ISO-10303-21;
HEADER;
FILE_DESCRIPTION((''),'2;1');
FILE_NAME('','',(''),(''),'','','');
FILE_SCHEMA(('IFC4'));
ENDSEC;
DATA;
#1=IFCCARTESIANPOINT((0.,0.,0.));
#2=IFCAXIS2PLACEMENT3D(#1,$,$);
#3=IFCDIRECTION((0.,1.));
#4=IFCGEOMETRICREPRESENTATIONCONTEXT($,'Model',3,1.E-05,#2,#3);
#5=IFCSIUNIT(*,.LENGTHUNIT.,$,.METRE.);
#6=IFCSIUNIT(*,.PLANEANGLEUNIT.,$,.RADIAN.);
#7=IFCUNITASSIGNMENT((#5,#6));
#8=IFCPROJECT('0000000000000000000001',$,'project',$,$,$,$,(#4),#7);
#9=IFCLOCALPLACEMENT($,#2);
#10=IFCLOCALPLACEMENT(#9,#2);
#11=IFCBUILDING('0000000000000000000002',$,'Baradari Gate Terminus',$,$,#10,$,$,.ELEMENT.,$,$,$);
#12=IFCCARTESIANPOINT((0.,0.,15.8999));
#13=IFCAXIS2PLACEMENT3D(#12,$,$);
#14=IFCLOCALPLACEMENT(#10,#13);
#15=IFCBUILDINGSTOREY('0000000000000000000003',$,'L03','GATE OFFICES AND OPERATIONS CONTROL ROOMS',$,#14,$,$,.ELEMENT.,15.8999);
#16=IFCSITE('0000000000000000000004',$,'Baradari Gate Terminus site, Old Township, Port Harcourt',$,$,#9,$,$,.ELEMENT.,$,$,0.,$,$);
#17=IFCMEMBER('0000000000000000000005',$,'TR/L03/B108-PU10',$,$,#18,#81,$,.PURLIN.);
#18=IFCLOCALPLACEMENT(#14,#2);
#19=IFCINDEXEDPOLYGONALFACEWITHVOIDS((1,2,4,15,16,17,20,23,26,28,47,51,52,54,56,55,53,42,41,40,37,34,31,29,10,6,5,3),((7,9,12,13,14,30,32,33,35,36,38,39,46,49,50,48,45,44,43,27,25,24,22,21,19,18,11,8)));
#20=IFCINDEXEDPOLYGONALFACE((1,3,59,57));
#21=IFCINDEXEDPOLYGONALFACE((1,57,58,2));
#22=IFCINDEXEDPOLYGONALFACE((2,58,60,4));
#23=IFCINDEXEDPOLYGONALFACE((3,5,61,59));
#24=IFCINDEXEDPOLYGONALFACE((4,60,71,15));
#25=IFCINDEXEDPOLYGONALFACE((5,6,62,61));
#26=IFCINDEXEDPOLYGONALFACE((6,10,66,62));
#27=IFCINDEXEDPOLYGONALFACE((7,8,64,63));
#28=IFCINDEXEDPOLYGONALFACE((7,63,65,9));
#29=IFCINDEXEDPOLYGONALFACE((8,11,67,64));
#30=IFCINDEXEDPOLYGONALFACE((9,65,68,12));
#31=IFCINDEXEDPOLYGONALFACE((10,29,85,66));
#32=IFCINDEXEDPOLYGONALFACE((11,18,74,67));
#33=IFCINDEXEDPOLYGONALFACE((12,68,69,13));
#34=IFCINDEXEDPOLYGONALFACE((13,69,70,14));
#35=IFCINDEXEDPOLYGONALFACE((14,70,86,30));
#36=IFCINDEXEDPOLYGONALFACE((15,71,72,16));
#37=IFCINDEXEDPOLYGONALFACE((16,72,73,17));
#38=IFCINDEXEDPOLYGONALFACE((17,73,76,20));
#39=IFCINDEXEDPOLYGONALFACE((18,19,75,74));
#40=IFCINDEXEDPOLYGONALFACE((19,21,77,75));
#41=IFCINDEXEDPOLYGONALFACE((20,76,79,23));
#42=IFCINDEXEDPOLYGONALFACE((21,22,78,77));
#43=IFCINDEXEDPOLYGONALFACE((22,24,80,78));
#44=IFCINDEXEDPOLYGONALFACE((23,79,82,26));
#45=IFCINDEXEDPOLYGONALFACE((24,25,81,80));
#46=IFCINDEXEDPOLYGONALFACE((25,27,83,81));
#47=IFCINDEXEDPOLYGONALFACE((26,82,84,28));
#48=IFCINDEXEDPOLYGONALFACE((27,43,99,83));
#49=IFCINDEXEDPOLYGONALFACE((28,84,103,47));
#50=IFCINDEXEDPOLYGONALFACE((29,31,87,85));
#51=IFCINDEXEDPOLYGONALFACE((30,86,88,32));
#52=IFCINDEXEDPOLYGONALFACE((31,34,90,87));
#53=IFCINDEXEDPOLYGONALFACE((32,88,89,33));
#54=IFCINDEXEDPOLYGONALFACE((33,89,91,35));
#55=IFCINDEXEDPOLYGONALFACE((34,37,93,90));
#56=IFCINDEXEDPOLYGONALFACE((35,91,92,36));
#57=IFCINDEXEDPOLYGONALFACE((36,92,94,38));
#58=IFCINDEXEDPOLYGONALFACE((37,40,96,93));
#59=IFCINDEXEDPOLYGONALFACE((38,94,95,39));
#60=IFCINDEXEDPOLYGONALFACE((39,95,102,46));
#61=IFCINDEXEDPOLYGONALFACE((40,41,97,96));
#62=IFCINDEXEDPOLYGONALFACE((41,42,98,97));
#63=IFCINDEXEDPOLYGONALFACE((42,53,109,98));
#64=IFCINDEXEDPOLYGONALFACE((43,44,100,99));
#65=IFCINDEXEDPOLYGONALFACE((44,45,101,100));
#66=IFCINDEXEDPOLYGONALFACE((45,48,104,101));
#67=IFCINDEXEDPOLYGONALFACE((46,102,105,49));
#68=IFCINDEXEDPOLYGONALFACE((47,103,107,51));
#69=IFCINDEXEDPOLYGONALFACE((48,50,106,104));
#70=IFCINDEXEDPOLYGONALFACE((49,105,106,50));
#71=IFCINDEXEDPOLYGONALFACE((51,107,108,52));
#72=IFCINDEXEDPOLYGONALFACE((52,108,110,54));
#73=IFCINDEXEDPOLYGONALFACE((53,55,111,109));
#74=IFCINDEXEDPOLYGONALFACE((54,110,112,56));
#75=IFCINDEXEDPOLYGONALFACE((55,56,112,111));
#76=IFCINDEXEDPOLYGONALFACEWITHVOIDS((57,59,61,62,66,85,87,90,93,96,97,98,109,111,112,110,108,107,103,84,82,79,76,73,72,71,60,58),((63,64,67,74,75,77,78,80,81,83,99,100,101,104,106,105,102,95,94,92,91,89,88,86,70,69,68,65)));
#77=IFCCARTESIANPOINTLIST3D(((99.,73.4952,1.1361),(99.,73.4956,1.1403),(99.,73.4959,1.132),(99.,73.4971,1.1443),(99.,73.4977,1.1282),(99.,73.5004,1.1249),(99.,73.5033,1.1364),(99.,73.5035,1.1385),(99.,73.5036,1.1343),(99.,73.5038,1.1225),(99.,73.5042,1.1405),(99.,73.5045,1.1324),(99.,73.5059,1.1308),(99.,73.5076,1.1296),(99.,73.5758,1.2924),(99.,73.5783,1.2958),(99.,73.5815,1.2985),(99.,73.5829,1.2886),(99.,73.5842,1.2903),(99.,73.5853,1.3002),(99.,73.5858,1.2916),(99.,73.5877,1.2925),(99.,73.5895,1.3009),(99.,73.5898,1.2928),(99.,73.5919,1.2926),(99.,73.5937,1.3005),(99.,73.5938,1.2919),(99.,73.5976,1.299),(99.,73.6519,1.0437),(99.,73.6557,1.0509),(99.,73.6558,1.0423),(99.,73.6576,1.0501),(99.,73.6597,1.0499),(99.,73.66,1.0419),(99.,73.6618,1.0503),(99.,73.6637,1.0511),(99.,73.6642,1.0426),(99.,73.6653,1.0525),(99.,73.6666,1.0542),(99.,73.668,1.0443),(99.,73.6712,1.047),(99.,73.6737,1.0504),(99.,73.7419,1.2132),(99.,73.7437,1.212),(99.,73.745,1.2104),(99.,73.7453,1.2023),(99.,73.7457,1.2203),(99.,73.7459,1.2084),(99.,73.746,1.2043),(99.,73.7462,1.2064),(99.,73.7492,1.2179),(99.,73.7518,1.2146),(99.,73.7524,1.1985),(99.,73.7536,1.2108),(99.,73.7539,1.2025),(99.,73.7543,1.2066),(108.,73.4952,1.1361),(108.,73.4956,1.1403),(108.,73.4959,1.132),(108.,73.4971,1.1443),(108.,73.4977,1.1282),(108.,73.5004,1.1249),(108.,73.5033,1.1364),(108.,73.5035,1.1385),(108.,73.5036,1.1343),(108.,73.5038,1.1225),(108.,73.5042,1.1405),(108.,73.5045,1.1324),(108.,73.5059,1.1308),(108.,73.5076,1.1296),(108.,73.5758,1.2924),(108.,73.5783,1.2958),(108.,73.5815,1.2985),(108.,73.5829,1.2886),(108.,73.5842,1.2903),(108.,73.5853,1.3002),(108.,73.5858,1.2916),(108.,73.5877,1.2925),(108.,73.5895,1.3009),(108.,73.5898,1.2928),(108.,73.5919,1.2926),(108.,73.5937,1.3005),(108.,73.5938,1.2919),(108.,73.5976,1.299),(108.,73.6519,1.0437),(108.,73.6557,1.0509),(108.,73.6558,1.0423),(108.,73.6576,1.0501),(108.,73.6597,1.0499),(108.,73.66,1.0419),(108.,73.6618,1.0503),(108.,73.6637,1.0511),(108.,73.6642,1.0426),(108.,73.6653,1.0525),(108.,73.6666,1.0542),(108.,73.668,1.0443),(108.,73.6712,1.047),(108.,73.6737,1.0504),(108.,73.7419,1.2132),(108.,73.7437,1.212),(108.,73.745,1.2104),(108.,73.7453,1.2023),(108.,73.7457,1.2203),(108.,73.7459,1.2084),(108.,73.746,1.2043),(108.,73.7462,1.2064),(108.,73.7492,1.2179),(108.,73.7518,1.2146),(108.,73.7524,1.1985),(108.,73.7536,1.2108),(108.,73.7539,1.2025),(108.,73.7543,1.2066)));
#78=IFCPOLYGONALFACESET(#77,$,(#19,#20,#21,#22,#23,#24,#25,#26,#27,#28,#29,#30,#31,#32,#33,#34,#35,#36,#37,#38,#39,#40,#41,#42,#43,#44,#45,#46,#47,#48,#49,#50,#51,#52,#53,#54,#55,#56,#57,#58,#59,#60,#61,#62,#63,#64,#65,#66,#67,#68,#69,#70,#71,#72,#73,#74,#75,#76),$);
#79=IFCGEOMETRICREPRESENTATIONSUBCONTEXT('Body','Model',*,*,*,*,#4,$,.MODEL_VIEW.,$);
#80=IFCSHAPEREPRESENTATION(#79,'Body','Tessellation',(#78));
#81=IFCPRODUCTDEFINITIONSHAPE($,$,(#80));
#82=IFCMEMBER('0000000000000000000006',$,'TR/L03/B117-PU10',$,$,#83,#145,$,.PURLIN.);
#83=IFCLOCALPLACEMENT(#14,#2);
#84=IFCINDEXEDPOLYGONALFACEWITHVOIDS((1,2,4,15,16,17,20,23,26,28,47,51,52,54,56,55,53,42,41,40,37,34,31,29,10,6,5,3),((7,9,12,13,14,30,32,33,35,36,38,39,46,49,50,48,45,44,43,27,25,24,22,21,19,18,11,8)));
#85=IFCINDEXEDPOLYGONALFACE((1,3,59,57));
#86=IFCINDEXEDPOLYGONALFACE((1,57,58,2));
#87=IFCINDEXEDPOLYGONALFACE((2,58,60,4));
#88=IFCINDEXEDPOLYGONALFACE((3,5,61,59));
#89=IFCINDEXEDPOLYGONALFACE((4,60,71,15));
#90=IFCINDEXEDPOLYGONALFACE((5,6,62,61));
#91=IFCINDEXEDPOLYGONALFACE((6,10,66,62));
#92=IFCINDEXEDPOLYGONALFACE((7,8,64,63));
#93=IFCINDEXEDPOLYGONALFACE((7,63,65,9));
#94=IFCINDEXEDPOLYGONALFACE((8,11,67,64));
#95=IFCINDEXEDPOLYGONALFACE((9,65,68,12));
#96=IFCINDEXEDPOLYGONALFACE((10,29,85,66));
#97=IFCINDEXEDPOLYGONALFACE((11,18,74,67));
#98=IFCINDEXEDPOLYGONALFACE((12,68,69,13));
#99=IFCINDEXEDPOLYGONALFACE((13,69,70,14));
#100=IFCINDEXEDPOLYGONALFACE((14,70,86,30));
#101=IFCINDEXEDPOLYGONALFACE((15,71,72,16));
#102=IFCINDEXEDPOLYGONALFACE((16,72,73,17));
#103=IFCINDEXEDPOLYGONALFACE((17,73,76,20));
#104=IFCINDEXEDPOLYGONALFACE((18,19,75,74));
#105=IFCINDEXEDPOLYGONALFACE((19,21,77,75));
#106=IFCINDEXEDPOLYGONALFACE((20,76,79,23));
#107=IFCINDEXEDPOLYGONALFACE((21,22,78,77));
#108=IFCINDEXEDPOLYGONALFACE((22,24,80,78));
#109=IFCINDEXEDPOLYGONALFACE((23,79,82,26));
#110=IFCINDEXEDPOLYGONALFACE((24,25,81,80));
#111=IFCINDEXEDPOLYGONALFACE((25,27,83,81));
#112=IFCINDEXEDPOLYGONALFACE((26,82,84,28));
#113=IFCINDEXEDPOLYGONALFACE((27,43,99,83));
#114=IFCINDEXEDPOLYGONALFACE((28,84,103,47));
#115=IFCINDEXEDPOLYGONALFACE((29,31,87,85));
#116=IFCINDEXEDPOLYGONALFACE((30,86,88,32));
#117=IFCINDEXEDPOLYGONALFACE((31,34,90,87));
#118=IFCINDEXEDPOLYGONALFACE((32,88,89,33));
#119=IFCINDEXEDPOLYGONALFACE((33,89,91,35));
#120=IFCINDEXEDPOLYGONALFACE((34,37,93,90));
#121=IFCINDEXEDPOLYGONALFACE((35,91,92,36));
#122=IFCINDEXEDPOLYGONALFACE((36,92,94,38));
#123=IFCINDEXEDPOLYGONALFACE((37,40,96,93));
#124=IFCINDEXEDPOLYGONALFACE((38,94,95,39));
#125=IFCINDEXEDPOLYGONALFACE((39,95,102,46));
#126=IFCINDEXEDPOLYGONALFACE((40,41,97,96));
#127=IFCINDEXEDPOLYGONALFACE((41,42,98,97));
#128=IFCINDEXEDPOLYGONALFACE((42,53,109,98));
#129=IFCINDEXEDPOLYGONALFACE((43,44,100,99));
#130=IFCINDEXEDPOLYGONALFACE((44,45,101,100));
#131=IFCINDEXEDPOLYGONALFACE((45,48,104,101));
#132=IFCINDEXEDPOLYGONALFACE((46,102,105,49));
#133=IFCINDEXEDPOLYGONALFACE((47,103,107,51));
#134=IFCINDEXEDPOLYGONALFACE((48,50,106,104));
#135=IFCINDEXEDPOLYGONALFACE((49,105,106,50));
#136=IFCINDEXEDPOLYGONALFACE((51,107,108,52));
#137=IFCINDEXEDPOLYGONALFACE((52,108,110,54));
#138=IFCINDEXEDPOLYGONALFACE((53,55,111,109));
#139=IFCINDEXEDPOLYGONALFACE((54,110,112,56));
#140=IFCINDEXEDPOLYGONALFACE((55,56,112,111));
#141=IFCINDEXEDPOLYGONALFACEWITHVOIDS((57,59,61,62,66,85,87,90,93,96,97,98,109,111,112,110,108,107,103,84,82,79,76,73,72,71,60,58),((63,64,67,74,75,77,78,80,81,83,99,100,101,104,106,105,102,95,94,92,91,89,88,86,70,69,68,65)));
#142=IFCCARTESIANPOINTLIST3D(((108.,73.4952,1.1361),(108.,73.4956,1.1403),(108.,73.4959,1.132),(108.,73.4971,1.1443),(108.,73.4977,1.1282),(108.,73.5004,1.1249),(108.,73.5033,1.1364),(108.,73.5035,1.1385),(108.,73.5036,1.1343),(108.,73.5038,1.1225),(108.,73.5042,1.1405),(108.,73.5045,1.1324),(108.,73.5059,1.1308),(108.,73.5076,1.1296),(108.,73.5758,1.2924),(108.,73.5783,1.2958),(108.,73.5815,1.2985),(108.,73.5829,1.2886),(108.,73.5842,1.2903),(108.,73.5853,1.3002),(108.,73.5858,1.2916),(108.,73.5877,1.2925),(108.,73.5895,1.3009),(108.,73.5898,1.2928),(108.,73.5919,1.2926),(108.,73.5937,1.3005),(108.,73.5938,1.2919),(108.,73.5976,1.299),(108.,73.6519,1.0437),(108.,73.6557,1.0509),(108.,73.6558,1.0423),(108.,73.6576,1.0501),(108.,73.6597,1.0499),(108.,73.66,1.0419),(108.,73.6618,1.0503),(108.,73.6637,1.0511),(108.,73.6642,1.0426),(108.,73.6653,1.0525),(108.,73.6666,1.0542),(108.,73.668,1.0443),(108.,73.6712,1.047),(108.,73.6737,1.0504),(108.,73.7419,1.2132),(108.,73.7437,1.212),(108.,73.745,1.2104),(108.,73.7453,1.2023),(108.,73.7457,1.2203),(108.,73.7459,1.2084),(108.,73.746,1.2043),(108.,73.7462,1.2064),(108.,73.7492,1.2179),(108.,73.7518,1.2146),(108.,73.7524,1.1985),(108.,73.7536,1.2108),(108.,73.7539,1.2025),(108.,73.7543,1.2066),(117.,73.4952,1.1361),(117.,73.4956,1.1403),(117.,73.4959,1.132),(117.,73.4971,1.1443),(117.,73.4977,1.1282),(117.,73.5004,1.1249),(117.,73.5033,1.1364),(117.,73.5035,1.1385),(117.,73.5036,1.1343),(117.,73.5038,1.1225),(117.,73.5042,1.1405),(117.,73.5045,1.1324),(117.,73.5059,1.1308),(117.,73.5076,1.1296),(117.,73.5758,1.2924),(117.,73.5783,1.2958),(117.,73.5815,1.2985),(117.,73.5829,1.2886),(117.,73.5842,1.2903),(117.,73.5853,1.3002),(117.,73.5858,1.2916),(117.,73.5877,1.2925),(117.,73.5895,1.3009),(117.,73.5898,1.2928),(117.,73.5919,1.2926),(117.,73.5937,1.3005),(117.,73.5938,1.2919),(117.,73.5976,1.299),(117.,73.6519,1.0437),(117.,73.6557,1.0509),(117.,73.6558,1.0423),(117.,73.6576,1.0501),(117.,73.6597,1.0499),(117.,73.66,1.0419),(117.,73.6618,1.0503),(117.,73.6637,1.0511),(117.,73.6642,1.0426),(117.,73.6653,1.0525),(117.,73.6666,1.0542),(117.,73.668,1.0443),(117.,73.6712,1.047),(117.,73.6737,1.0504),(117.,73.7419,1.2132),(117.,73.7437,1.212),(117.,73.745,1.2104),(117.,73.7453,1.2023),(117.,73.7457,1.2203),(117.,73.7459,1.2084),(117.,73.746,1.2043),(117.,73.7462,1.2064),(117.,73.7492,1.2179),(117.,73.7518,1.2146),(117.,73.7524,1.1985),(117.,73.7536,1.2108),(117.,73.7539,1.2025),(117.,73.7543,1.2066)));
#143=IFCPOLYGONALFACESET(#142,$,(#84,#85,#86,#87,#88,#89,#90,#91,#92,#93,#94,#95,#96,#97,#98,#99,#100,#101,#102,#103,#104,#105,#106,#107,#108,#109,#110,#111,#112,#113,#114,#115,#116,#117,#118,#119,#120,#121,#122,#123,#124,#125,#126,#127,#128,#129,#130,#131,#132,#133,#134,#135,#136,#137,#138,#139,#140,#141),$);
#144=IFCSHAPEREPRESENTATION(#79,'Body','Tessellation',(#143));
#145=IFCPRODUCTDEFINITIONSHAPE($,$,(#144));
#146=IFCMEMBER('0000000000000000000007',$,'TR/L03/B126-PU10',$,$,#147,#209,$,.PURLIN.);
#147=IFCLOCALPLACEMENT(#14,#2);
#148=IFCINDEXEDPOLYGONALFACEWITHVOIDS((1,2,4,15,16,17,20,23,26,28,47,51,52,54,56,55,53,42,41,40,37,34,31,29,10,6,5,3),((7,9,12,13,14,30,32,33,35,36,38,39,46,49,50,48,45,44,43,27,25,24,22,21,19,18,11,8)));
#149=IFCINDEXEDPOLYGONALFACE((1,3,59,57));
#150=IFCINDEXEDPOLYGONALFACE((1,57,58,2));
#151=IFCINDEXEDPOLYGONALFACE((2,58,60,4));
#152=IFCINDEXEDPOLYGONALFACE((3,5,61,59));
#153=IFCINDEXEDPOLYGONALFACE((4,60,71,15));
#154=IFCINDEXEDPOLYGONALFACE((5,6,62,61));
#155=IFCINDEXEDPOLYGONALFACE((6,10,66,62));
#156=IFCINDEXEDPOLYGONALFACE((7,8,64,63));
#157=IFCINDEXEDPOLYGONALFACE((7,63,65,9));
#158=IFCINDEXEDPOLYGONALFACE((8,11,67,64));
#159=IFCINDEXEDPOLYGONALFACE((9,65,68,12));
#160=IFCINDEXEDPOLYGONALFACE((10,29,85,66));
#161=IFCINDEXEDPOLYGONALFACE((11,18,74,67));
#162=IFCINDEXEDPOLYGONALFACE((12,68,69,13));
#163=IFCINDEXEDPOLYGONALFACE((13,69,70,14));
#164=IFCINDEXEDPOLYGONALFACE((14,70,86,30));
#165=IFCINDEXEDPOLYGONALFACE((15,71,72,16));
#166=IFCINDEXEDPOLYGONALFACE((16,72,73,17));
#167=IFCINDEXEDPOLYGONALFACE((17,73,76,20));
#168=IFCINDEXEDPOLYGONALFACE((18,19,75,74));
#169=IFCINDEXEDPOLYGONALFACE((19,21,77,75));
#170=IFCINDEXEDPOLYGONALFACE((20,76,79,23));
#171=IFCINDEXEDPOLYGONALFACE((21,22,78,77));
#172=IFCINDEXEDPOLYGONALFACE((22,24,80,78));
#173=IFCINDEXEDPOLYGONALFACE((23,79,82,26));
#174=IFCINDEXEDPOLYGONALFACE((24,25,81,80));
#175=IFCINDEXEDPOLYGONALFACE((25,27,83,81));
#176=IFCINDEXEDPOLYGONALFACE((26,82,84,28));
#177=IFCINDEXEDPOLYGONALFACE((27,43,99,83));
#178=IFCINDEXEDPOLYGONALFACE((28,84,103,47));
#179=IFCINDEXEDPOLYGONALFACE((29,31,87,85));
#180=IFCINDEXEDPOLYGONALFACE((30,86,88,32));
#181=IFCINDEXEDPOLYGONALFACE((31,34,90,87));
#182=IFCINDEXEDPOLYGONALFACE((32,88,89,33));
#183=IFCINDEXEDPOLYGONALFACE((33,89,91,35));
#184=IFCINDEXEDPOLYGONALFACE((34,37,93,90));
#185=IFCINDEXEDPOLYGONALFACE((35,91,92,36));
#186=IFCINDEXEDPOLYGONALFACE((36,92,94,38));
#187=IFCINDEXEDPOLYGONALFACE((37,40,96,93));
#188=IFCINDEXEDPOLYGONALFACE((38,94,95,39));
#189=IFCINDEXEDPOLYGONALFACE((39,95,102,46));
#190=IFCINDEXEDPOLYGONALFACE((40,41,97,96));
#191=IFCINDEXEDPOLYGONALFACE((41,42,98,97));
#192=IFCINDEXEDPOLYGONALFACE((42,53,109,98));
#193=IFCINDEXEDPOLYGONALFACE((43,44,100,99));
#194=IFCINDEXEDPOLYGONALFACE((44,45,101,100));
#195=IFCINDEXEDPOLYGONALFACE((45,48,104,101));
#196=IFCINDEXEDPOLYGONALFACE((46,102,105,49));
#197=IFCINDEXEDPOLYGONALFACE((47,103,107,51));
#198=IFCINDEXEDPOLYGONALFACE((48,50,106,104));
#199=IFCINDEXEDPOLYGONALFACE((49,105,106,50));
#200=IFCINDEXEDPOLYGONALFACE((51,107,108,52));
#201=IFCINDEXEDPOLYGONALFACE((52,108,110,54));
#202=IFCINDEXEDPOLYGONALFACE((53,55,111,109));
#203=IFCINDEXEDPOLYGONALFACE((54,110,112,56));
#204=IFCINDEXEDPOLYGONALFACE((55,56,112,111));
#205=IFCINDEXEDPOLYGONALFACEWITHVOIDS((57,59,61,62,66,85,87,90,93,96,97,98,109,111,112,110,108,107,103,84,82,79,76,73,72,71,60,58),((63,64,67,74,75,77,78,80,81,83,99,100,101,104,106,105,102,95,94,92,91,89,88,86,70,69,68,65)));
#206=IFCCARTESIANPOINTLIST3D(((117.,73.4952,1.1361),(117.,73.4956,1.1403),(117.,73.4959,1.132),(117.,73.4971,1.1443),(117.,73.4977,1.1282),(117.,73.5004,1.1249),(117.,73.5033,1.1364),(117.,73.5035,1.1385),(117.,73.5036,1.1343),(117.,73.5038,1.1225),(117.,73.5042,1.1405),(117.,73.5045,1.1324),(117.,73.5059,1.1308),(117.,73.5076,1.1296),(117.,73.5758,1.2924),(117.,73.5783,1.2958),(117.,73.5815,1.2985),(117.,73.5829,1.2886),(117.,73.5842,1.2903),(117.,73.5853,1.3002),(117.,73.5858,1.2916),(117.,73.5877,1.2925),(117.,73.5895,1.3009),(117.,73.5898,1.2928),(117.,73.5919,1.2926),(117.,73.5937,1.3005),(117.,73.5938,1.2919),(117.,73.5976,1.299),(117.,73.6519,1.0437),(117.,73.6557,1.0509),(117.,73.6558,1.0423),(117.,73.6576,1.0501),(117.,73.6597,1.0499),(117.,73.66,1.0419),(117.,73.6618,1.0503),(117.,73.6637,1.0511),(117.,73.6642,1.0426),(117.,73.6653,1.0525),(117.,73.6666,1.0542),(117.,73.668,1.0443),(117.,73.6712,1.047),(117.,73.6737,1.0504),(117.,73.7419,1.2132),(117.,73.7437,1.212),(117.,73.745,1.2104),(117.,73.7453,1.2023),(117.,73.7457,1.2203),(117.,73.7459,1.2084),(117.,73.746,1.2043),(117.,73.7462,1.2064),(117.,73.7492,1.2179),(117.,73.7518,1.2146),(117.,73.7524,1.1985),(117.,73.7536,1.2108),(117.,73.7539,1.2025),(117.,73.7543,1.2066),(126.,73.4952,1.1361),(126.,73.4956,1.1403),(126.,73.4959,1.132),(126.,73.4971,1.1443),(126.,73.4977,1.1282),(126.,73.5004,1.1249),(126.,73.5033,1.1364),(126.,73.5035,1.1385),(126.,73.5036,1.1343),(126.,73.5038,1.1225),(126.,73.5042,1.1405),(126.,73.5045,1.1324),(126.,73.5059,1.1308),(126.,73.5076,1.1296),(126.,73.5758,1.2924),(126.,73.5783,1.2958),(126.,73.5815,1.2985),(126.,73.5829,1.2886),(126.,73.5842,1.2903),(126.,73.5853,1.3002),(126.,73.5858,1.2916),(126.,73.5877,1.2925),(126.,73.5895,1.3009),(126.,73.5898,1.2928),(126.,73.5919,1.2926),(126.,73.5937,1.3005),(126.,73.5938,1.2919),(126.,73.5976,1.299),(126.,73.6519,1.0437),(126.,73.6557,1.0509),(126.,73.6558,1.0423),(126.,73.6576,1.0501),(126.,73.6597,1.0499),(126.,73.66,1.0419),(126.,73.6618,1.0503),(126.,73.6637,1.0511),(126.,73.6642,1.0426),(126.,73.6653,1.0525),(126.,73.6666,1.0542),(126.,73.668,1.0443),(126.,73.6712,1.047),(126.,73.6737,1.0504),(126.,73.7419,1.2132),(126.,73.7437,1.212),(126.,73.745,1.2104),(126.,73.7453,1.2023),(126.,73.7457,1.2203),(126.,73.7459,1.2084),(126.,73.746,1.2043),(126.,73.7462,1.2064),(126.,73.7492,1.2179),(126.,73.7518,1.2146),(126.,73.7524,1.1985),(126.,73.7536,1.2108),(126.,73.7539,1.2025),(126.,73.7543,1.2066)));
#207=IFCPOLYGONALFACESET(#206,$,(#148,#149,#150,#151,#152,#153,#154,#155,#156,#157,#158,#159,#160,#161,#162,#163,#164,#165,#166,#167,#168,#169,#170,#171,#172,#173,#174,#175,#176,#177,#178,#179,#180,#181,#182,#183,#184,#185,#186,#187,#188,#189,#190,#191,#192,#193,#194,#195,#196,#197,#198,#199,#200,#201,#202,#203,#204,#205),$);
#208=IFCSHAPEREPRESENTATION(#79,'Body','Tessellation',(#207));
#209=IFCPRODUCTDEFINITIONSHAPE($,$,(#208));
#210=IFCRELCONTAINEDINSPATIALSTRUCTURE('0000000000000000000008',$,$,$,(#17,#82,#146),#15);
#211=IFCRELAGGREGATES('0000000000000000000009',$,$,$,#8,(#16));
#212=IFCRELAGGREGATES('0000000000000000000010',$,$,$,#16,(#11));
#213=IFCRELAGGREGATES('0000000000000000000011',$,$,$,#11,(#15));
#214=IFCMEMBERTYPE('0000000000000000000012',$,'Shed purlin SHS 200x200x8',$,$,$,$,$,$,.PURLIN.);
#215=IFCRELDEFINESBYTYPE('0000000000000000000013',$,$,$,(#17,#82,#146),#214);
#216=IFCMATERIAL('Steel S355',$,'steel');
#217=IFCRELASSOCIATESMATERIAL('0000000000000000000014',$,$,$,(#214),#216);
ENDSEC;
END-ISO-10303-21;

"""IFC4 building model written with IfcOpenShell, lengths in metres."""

from ifc_helpers import new_model, si_unit, direction, frame, origin, origin_2d, place, context, subcontext, project, spatial, hollow_rectangle, extrude, material, material_profile, profile_set, type_object, element, save


model = new_model("IFC4")

# Units and contexts
model_context = context("Model", 3, precision=1e-05, world=origin(), true_north=direction((0.0, 1.0)))
body_context = subcontext(model_context, "Body", "Model", "MODEL_VIEW")
ifc_project = project(units=[si_unit("LENGTHUNIT", "METRE"), si_unit("PLANEANGLEUNIT", "RADIAN")], contexts=[model_context])

# Site, building, storey
site_placement = place(None, origin())
site = spatial("IfcSite", under=ifc_project, at=site_placement, Name="Baradari Gate Terminus site, Old Township, Port Harcourt", CompositionType="ELEMENT", RefElevation=0.0)
building_placement = place(site_placement, origin())
building = spatial("IfcBuilding", under=site, at=building_placement, Name="Baradari Gate Terminus", CompositionType="ELEMENT")
storey_placement = place(building_placement, frame((0.0, 0.0, 15.8999)))
storey = spatial("IfcBuildingStorey", under=building, at=storey_placement, Name="L03", Description="GATE OFFICES AND OPERATIONS CONTROL ROOMS", CompositionType="ELEMENT", Elevation=15.8999)

# Members
ifc_material_1 = material(Name="Steel S355", Category="steel")
ifc_material_profile_1 = material_profile(ifc_material_1, hollow_rectangle(XDim=0.2, YDim=0.2, WallThickness=0.0081, InnerFilletRadius=0.0081, OuterFilletRadius=0.0161, at=origin_2d()), Name="SHS 200x200x8")
ifc_profile_set_1 = profile_set([ifc_material_profile_1], Name="Steel S355")
member_type_1 = type_object("IfcMemberType", Name="Shed purlin SHS 200x200x8", PredefinedType="PURLIN", material=ifc_profile_set_1)
for number, where, z_axis, x_axis, name in (
    (1, (99.0, 73.6248, 1.1714), (1.0, 0.0, 0.0), (0.0, 0.883027, -0.469322), "TR/L03/B108-PU10"),
    (2, (108.0, 73.6248, 1.1714), (1.0, 0.0, 0.0), (0.0, 0.883027, -0.469322), "TR/L03/B117-PU10"),
    (3, (117.0, 73.6248, 1.1714), (1.0, 0.0, 0.0), (0.0, 0.883027, -0.469322), "TR/L03/B126-PU10"),
):
    element("IfcMember", number, at=place(storey_placement, frame(where, z_axis=z_axis, x_axis=x_axis)), inside=storey, type_object=member_type_1, Name=name, PredefinedType="PURLIN", context=body_context, shape_type="SweptSolid", body=[
        extrude(hollow_rectangle(XDim=0.2, YDim=0.2, WallThickness=0.0081, InnerFilletRadius=0.0081, OuterFilletRadius=0.0161, at=origin_2d()), origin(), (0.0, 0.0, 1.0), 9.0),
    ])

save(model, "model.ifc")
